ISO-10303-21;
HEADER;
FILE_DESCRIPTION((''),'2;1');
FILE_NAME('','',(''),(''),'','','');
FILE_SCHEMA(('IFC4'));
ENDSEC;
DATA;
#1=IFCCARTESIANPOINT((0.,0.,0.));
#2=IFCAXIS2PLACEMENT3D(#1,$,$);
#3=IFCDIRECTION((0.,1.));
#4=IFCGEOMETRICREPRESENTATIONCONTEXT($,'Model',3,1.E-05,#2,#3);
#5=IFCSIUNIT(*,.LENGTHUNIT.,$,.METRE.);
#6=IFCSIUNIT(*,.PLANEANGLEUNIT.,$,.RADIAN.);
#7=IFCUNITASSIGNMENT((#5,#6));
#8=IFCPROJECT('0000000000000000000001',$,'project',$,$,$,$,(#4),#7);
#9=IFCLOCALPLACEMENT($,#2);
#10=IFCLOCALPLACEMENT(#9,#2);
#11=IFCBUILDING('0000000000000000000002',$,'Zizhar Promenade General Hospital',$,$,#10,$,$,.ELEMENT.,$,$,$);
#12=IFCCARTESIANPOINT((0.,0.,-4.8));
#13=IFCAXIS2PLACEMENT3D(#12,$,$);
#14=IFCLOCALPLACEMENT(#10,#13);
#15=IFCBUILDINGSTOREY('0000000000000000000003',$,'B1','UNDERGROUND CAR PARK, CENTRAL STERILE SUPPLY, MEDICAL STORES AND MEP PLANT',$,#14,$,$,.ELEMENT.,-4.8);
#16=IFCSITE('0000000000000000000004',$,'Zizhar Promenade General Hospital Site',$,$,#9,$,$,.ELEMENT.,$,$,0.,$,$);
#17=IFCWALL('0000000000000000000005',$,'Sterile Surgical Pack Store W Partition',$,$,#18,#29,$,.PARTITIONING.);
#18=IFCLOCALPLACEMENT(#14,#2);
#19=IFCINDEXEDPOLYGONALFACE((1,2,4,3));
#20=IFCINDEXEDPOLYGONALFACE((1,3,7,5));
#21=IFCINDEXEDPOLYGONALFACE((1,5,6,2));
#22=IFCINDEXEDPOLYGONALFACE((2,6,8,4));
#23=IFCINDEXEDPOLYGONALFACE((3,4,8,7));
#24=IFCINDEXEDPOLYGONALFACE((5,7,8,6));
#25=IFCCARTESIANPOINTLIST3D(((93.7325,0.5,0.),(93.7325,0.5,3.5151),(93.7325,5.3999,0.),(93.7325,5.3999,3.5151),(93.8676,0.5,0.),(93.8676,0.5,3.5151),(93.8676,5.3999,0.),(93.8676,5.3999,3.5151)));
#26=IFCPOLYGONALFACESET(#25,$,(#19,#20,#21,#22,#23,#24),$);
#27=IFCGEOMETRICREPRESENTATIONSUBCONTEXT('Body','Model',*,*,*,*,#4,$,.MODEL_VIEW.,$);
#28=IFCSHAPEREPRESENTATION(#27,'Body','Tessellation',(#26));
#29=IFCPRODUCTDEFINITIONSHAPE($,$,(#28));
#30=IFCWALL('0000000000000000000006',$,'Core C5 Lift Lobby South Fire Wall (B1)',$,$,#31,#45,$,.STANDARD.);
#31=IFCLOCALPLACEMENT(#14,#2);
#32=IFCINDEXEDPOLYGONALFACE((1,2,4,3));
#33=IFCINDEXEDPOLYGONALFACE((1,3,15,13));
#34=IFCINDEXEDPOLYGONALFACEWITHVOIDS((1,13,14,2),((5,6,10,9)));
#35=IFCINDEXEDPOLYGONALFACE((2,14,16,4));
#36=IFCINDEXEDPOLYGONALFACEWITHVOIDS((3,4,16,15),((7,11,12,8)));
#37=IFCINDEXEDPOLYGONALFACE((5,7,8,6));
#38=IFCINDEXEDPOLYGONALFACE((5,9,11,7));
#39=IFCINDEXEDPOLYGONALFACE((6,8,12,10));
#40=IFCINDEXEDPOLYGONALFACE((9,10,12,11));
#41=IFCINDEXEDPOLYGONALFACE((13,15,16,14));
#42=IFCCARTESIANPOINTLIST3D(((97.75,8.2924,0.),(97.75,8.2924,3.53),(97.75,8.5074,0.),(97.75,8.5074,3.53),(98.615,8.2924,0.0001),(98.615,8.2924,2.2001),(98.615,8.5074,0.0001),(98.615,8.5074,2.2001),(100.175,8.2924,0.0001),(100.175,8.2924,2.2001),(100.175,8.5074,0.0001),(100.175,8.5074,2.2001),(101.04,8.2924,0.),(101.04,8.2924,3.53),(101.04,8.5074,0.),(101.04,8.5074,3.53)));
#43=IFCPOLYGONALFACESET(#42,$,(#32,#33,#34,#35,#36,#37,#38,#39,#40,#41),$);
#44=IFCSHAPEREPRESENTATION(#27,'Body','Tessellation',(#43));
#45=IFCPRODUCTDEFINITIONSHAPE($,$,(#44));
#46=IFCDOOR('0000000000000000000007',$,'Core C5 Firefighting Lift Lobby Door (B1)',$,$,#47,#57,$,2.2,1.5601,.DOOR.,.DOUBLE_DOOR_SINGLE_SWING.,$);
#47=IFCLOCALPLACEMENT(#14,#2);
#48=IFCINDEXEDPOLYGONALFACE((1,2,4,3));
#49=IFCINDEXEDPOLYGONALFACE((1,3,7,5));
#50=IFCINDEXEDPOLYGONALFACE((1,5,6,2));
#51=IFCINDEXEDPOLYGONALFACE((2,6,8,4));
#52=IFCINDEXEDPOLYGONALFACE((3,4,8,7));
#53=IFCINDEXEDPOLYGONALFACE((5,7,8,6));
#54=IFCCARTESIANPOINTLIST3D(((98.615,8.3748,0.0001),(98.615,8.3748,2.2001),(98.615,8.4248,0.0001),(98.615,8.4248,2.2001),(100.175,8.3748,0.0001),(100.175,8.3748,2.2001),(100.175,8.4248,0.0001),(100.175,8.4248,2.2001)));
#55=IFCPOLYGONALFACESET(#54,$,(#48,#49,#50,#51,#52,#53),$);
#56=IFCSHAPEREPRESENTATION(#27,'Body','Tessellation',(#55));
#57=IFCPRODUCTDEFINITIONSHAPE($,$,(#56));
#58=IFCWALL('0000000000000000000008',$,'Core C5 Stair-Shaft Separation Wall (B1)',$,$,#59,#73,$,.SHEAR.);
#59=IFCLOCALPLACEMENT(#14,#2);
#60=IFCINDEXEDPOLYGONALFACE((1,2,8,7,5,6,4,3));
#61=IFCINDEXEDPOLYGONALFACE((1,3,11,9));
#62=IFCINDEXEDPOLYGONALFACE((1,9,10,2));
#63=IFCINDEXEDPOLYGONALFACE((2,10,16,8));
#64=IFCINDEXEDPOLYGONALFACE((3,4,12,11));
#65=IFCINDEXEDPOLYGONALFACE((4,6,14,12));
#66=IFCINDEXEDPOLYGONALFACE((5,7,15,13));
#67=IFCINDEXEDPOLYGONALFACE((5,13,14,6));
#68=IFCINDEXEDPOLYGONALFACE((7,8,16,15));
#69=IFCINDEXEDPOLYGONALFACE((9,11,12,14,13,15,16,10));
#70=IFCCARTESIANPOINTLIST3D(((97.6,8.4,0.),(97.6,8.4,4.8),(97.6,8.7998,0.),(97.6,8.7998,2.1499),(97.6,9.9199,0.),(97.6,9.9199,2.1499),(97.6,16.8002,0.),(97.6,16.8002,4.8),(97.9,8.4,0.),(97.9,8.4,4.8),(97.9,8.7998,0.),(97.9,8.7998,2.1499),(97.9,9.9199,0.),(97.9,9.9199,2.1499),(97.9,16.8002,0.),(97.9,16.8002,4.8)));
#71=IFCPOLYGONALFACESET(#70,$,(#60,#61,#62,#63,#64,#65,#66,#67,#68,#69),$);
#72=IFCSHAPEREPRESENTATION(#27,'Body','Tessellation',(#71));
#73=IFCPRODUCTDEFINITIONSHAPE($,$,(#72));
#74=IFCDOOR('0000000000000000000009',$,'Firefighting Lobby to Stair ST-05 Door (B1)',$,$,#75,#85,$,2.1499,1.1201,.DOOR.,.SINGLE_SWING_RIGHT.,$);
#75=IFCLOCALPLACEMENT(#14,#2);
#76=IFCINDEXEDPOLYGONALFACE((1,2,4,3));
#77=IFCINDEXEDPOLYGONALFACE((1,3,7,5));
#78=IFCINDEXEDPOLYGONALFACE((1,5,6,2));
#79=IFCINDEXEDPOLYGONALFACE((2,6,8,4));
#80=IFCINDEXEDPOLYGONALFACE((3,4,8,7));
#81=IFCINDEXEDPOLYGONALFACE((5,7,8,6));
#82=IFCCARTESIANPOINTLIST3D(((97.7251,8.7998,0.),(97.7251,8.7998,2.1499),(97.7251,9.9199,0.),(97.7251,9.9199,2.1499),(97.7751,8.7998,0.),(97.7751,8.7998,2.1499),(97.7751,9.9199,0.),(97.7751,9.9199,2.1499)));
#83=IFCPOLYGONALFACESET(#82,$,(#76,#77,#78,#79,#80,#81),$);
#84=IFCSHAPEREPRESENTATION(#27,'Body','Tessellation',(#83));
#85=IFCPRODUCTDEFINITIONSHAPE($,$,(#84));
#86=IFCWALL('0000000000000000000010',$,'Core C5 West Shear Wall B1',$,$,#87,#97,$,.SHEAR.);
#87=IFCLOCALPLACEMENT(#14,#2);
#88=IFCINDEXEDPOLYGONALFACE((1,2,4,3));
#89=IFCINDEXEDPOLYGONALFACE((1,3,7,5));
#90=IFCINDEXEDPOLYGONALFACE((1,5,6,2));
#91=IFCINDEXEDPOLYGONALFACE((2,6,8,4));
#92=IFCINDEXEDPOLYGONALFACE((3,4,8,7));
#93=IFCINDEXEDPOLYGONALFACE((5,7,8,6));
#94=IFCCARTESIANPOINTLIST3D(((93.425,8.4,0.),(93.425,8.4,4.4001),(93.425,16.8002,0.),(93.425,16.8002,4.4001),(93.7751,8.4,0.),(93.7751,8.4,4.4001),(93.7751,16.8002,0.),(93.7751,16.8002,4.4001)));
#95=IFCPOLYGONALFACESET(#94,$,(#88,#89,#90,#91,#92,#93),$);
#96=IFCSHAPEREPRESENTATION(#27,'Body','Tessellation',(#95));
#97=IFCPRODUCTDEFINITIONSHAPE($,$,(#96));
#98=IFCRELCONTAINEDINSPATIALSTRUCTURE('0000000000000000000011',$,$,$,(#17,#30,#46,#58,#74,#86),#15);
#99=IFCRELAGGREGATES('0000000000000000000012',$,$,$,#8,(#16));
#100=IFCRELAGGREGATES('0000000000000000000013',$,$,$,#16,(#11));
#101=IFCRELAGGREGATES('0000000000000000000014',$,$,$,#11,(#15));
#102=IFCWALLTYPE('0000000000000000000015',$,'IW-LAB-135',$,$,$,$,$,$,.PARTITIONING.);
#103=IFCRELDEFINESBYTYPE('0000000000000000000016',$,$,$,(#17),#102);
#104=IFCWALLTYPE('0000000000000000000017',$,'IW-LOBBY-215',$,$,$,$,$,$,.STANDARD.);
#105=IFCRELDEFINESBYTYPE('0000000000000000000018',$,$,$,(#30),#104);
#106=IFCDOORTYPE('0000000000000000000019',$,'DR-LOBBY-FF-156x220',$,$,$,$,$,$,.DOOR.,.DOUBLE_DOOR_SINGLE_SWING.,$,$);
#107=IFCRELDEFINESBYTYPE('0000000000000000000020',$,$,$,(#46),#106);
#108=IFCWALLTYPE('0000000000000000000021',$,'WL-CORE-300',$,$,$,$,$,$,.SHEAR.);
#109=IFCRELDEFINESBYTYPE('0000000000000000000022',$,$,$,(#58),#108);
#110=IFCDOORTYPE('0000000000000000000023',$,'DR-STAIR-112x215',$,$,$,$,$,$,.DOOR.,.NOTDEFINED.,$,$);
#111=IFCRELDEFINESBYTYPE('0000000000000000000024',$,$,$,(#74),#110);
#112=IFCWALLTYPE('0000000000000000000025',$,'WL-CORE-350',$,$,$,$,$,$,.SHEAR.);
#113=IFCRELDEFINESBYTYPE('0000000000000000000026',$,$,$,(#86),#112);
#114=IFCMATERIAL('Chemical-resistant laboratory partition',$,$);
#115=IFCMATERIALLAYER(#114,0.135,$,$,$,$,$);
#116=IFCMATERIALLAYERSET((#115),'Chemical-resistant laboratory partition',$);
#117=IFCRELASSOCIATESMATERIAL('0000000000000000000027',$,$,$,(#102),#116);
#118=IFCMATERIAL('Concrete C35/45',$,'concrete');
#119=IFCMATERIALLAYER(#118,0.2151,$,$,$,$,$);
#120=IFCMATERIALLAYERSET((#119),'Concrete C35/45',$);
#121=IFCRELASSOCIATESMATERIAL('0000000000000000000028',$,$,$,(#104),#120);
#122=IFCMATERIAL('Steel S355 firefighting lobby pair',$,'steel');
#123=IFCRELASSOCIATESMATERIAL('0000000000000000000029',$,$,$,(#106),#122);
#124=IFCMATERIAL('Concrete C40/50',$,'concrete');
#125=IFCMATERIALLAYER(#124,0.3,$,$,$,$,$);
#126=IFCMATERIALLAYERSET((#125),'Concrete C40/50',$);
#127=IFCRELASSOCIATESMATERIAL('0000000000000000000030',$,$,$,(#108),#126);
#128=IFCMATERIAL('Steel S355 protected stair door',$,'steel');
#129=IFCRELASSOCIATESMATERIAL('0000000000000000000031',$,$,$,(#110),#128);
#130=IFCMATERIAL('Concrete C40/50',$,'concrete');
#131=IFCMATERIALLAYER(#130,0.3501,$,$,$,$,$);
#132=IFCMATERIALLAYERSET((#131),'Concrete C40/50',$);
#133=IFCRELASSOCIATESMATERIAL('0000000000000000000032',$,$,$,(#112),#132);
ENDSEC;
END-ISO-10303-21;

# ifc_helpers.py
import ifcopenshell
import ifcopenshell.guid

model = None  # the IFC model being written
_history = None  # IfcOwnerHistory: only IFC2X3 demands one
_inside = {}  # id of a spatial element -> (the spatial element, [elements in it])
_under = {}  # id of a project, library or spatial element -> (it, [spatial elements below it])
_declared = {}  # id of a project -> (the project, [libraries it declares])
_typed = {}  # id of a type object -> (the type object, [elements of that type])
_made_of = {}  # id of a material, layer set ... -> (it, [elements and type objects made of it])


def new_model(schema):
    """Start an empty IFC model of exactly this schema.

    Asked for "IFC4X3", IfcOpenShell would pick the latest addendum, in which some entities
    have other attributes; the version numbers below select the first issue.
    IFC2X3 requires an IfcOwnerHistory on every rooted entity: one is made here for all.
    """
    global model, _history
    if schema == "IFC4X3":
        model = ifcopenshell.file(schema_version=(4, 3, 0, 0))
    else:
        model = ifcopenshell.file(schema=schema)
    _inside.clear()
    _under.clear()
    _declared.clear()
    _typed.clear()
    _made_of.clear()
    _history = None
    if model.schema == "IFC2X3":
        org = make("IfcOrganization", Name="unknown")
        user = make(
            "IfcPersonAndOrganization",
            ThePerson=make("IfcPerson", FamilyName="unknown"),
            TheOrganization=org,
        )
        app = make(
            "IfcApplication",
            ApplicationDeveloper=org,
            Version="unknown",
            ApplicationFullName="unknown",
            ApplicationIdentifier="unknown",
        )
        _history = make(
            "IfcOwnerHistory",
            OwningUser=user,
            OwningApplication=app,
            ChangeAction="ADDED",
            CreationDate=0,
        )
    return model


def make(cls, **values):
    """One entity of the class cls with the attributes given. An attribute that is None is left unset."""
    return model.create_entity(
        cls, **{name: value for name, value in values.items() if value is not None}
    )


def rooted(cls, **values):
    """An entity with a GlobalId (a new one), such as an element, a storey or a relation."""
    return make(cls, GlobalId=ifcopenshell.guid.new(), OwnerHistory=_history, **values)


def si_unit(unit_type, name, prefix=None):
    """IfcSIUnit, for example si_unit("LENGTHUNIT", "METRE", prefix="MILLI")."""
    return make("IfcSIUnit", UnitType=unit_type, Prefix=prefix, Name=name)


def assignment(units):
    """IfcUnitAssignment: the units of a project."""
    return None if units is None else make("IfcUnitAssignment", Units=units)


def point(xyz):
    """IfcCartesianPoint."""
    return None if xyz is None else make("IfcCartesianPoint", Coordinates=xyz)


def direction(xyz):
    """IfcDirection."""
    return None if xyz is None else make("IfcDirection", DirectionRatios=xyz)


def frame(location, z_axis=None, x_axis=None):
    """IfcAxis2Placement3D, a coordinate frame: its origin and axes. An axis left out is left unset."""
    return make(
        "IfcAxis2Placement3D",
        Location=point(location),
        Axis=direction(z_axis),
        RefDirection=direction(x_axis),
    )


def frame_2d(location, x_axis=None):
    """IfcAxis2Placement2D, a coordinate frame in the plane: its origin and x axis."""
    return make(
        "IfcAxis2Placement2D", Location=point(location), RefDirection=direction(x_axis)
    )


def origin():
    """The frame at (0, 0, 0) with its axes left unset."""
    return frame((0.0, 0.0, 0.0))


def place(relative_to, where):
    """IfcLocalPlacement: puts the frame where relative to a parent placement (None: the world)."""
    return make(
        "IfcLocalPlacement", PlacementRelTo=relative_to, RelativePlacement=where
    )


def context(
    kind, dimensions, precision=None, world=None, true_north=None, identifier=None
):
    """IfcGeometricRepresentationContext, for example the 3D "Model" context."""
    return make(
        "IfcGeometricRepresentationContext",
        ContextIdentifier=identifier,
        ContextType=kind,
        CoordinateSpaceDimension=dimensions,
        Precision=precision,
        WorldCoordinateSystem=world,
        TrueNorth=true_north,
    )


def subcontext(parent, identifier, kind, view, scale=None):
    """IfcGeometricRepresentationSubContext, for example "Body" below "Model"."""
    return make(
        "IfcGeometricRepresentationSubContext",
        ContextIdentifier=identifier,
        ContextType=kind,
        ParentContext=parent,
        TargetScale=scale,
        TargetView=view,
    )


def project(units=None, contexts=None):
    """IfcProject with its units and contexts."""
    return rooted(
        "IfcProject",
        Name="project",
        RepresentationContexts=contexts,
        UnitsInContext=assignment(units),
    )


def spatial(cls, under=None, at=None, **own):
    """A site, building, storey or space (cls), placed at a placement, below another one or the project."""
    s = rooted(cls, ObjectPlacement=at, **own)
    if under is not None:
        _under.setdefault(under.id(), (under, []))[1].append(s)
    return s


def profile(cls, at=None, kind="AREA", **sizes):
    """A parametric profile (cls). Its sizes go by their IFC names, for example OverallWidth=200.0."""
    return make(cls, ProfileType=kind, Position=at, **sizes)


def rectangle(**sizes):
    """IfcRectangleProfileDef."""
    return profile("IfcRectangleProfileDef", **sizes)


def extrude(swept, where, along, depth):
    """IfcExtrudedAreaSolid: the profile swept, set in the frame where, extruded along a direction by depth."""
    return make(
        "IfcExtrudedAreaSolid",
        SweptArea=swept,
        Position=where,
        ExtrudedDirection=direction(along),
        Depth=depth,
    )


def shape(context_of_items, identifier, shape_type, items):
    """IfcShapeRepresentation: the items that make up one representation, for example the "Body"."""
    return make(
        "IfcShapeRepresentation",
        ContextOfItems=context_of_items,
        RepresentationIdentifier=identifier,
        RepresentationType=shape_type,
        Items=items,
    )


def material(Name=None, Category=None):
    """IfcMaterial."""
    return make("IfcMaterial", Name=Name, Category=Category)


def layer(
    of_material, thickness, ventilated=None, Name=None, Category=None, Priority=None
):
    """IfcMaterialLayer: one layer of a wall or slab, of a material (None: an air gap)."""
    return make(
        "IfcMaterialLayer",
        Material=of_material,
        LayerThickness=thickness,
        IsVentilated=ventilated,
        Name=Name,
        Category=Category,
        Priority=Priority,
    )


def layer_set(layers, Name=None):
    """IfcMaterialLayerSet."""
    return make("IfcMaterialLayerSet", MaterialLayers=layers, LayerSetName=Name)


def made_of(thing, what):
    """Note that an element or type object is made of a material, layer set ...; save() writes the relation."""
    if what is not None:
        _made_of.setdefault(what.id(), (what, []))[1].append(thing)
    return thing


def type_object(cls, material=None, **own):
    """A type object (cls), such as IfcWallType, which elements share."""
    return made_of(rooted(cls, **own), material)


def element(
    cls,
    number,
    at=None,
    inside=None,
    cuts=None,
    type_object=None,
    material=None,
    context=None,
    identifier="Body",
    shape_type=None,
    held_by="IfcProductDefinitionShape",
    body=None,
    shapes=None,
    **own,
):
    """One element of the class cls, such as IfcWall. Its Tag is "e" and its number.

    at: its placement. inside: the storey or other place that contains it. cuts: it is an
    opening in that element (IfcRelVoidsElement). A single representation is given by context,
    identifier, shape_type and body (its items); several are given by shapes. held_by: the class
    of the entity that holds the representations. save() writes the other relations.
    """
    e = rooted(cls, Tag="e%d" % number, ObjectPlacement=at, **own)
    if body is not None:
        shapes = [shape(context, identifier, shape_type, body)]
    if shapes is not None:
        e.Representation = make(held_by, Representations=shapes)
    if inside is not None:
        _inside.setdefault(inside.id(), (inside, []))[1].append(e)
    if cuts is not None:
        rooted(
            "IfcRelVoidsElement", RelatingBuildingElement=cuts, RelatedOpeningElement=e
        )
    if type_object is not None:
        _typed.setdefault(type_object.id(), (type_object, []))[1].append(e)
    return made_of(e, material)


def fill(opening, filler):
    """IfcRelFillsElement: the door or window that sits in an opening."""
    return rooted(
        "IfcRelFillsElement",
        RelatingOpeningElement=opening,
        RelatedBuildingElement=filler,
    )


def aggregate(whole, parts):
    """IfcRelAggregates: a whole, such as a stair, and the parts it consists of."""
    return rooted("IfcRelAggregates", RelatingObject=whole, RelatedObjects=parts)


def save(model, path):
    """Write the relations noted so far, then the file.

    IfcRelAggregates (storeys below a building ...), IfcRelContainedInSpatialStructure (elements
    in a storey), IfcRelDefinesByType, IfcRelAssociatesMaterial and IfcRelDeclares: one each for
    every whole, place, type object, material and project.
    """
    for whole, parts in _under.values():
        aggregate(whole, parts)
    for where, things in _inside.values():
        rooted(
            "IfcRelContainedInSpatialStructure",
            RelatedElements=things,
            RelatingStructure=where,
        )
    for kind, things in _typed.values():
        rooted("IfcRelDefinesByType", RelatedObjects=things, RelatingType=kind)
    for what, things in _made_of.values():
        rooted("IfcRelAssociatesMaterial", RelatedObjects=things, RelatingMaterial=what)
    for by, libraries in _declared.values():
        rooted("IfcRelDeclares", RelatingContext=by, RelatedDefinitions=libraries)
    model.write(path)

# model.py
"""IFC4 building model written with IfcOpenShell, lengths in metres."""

from ifc_helpers import new_model, si_unit, direction, frame, frame_2d, origin, place, context, subcontext, project, spatial, rectangle, extrude, material, layer, layer_set, type_object, element, fill, save


model = new_model("IFC4")

# Units and contexts
model_context = context("Model", 3, precision=1e-05, world=origin(), true_north=direction((0.0, 1.0)))
body_context = subcontext(model_context, "Body", "Model", "MODEL_VIEW")
ifc_project = project(units=[si_unit("LENGTHUNIT", "METRE"), si_unit("PLANEANGLEUNIT", "RADIAN")], contexts=[model_context])

# Site, building, storey
site_placement = place(None, origin())
site = spatial("IfcSite", under=ifc_project, at=site_placement, Name="Zizhar Promenade General Hospital Site", CompositionType="ELEMENT", RefElevation=0.0)
building_placement = place(site_placement, origin())
building = spatial("IfcBuilding", under=site, at=building_placement, Name="Zizhar Promenade General Hospital", CompositionType="ELEMENT")
storey_placement = place(building_placement, frame((0.0, 0.0, -4.8)))
storey = spatial("IfcBuildingStorey", under=building, at=storey_placement, Name="B1", Description="UNDERGROUND CAR PARK, CENTRAL STERILE SUPPLY, MEDICAL STORES AND MEP PLANT", CompositionType="ELEMENT", Elevation=-4.8)

# Shared definitions
ifc_material_1 = material(Name="Chemical-resistant laboratory partition")
ifc_layer_1 = layer(ifc_material_1, 0.135)
ifc_layer_set_1 = layer_set([ifc_layer_1], Name="Chemical-resistant laboratory partition")
wall_type_1 = type_object("IfcWallType", Name="IW-LAB-135", PredefinedType="PARTITIONING", material=ifc_layer_set_1)

# Wall
wall_1_placement = place(storey_placement, frame((93.8, 0.5, 0.0), z_axis=(0.0, 0.0, 1.0), x_axis=(0.0, 1.0, 0.0)))
element("IfcWall", 1, at=wall_1_placement, inside=storey, type_object=wall_type_1, Name="Sterile Surgical Pack Store W Partition", PredefinedType="PARTITIONING", context=body_context, shape_type="SweptSolid", body=[
    extrude(rectangle(XDim=4.8999, YDim=0.135, at=frame_2d((2.45, 0.0))), origin(), (0.0, 0.0, 1.0), 3.5151),
])

# Walls, openings, doors
ifc_material_2 = material(Name="Concrete C35/45", Category="concrete")
ifc_layer_2 = layer(ifc_material_2, 0.2151)
ifc_layer_set_2 = layer_set([ifc_layer_2], Name="Concrete C35/45")
wall_type_2 = type_object("IfcWallType", Name="IW-LOBBY-215", PredefinedType="STANDARD", material=ifc_layer_set_2)
wall_2_placement = place(storey_placement, frame((97.75, 8.3999, 0.0), z_axis=(0.0, 0.0, 1.0), x_axis=(1.0, 0.0, 0.0)))
wall_2 = element("IfcWall", 2, at=wall_2_placement, inside=storey, type_object=wall_type_2, Name="Core C5 Lift Lobby South Fire Wall (B1)", PredefinedType="STANDARD", context=body_context, shape_type="SweptSolid", body=[
    extrude(rectangle(XDim=3.29, YDim=0.2151, at=frame_2d((1.645, 0.0))), origin(), (0.0, 0.0, 1.0), 3.53),
])
opening_1_placement = place(wall_2_placement, frame((0.865, 0.0, 0.0)))
opening_1 = element("IfcOpeningElement", 3, at=opening_1_placement, cuts=wall_2, PredefinedType="OPENING", context=body_context, shape_type="SweptSolid", body=[
    extrude(rectangle(XDim=1.5601, YDim=2.2, at=frame_2d((0.78, 1.1001))), frame((0.0, 0.1177, 0.0), z_axis=(0.0, -1.0, 0.0), x_axis=(1.0, 0.0, 0.0)), (0.0, 0.0, 1.0), 0.2351),
])
ifc_material_3 = material(Name="Steel S355 firefighting lobby pair", Category="steel")
door_type_1 = type_object("IfcDoorType", Name="DR-LOBBY-FF-156x220", OperationType="DOUBLE_DOOR_SINGLE_SWING", PredefinedType="DOOR", material=ifc_material_3)
door_1_placement = place(opening_1_placement, origin())
door_1 = element("IfcDoor", 4, at=door_1_placement, inside=storey, type_object=door_type_1, Name="Core C5 Firefighting Lift Lobby Door (B1)", OperationType="DOUBLE_DOOR_SINGLE_SWING", OverallHeight=2.2, OverallWidth=1.5601, PredefinedType="DOOR", context=body_context, shape_type="SweptSolid", body=[
    extrude(rectangle(XDim=1.5601, YDim=2.2, at=frame_2d((0.78, 1.1001))), frame((0.0, 0.0249, 0.0), z_axis=(0.0, -1.0, 0.0), x_axis=(1.0, 0.0, 0.0)), (0.0, 0.0, 1.0), 0.05),
])
fill(opening_1, door_1)
ifc_material_4 = material(Name="Concrete C40/50", Category="concrete")
ifc_layer_3 = layer(ifc_material_4, 0.3)
ifc_layer_set_3 = layer_set([ifc_layer_3], Name="Concrete C40/50")
wall_type_3 = type_object("IfcWallType", Name="WL-CORE-300", PredefinedType="SHEAR", material=ifc_layer_set_3)
ifc_material_5 = material(Name="Steel S355 protected stair door", Category="steel")
door_type_2 = type_object("IfcDoorType", Name="DR-STAIR-112x215", OperationType="NOTDEFINED", PredefinedType="DOOR", material=ifc_material_5)
wall_3_placement = place(storey_placement, frame((97.75, 8.3999, 0.0), z_axis=(0.0, 0.0, 1.0), x_axis=(0.0, 1.0, 0.0)))
wall_3 = element("IfcWall", 5, at=wall_3_placement, inside=storey, type_object=wall_type_3, Name="Core C5 Stair-Shaft Separation Wall (B1)", PredefinedType="SHEAR", context=body_context, shape_type="SweptSolid", body=[
    extrude(rectangle(XDim=8.4001, YDim=0.3, at=frame_2d((4.2002, 0.0))), origin(), (0.0, 0.0, 1.0), 4.8),
])
opening_2_placement = place(wall_3_placement, frame((0.3999, 0.0, 0.0)))
opening_2 = element("IfcOpeningElement", 6, at=opening_2_placement, cuts=wall_3, PredefinedType="OPENING", context=body_context, shape_type="SweptSolid", body=[
    extrude(rectangle(XDim=1.1201, YDim=2.1499, at=frame_2d((0.5601, 1.075))), frame((0.0, 0.1602, 0.0), z_axis=(0.0, -1.0, 0.0), x_axis=(1.0, 0.0, 0.0)), (0.0, 0.0, 1.0), 0.3201),
])
door_2_placement = place(opening_2_placement, origin())
door_2 = element("IfcDoor", 7, at=door_2_placement, inside=storey, type_object=door_type_2, Name="Firefighting Lobby to Stair ST-05 Door (B1)", OperationType="SINGLE_SWING_RIGHT", OverallHeight=2.1499, OverallWidth=1.1201, PredefinedType="DOOR", context=body_context, shape_type="SweptSolid", body=[
    extrude(rectangle(XDim=1.1201, YDim=2.1499, at=frame_2d((0.5601, 1.075))), frame((0.0, 0.0249, 0.0), z_axis=(0.0, -1.0, 0.0), x_axis=(1.0, 0.0, 0.0)), (0.0, 0.0, 1.0), 0.05),
])
fill(opening_2, door_2)

# Wall
ifc_material_6 = material(Name="Concrete C40/50", Category="concrete")
ifc_layer_4 = layer(ifc_material_6, 0.3501)
ifc_layer_set_4 = layer_set([ifc_layer_4], Name="Concrete C40/50")
wall_type_4 = type_object("IfcWallType", Name="WL-CORE-350", PredefinedType="SHEAR", material=ifc_layer_set_4)
wall_4_placement = place(storey_placement, frame((93.6001, 8.3999, 0.0), z_axis=(0.0, 0.0, 1.0), x_axis=(0.0, 1.0, 0.0)))
element("IfcWall", 8, at=wall_4_placement, inside=storey, type_object=wall_type_4, Name="Core C5 West Shear Wall B1", PredefinedType="SHEAR", context=body_context, shape_type="SweptSolid", body=[
    extrude(rectangle(XDim=8.4001, YDim=0.3501, at=frame_2d((4.2002, 0.0))), origin(), (0.0, 0.0, 1.0), 4.4001),
])

save(model, "model.ifc")
